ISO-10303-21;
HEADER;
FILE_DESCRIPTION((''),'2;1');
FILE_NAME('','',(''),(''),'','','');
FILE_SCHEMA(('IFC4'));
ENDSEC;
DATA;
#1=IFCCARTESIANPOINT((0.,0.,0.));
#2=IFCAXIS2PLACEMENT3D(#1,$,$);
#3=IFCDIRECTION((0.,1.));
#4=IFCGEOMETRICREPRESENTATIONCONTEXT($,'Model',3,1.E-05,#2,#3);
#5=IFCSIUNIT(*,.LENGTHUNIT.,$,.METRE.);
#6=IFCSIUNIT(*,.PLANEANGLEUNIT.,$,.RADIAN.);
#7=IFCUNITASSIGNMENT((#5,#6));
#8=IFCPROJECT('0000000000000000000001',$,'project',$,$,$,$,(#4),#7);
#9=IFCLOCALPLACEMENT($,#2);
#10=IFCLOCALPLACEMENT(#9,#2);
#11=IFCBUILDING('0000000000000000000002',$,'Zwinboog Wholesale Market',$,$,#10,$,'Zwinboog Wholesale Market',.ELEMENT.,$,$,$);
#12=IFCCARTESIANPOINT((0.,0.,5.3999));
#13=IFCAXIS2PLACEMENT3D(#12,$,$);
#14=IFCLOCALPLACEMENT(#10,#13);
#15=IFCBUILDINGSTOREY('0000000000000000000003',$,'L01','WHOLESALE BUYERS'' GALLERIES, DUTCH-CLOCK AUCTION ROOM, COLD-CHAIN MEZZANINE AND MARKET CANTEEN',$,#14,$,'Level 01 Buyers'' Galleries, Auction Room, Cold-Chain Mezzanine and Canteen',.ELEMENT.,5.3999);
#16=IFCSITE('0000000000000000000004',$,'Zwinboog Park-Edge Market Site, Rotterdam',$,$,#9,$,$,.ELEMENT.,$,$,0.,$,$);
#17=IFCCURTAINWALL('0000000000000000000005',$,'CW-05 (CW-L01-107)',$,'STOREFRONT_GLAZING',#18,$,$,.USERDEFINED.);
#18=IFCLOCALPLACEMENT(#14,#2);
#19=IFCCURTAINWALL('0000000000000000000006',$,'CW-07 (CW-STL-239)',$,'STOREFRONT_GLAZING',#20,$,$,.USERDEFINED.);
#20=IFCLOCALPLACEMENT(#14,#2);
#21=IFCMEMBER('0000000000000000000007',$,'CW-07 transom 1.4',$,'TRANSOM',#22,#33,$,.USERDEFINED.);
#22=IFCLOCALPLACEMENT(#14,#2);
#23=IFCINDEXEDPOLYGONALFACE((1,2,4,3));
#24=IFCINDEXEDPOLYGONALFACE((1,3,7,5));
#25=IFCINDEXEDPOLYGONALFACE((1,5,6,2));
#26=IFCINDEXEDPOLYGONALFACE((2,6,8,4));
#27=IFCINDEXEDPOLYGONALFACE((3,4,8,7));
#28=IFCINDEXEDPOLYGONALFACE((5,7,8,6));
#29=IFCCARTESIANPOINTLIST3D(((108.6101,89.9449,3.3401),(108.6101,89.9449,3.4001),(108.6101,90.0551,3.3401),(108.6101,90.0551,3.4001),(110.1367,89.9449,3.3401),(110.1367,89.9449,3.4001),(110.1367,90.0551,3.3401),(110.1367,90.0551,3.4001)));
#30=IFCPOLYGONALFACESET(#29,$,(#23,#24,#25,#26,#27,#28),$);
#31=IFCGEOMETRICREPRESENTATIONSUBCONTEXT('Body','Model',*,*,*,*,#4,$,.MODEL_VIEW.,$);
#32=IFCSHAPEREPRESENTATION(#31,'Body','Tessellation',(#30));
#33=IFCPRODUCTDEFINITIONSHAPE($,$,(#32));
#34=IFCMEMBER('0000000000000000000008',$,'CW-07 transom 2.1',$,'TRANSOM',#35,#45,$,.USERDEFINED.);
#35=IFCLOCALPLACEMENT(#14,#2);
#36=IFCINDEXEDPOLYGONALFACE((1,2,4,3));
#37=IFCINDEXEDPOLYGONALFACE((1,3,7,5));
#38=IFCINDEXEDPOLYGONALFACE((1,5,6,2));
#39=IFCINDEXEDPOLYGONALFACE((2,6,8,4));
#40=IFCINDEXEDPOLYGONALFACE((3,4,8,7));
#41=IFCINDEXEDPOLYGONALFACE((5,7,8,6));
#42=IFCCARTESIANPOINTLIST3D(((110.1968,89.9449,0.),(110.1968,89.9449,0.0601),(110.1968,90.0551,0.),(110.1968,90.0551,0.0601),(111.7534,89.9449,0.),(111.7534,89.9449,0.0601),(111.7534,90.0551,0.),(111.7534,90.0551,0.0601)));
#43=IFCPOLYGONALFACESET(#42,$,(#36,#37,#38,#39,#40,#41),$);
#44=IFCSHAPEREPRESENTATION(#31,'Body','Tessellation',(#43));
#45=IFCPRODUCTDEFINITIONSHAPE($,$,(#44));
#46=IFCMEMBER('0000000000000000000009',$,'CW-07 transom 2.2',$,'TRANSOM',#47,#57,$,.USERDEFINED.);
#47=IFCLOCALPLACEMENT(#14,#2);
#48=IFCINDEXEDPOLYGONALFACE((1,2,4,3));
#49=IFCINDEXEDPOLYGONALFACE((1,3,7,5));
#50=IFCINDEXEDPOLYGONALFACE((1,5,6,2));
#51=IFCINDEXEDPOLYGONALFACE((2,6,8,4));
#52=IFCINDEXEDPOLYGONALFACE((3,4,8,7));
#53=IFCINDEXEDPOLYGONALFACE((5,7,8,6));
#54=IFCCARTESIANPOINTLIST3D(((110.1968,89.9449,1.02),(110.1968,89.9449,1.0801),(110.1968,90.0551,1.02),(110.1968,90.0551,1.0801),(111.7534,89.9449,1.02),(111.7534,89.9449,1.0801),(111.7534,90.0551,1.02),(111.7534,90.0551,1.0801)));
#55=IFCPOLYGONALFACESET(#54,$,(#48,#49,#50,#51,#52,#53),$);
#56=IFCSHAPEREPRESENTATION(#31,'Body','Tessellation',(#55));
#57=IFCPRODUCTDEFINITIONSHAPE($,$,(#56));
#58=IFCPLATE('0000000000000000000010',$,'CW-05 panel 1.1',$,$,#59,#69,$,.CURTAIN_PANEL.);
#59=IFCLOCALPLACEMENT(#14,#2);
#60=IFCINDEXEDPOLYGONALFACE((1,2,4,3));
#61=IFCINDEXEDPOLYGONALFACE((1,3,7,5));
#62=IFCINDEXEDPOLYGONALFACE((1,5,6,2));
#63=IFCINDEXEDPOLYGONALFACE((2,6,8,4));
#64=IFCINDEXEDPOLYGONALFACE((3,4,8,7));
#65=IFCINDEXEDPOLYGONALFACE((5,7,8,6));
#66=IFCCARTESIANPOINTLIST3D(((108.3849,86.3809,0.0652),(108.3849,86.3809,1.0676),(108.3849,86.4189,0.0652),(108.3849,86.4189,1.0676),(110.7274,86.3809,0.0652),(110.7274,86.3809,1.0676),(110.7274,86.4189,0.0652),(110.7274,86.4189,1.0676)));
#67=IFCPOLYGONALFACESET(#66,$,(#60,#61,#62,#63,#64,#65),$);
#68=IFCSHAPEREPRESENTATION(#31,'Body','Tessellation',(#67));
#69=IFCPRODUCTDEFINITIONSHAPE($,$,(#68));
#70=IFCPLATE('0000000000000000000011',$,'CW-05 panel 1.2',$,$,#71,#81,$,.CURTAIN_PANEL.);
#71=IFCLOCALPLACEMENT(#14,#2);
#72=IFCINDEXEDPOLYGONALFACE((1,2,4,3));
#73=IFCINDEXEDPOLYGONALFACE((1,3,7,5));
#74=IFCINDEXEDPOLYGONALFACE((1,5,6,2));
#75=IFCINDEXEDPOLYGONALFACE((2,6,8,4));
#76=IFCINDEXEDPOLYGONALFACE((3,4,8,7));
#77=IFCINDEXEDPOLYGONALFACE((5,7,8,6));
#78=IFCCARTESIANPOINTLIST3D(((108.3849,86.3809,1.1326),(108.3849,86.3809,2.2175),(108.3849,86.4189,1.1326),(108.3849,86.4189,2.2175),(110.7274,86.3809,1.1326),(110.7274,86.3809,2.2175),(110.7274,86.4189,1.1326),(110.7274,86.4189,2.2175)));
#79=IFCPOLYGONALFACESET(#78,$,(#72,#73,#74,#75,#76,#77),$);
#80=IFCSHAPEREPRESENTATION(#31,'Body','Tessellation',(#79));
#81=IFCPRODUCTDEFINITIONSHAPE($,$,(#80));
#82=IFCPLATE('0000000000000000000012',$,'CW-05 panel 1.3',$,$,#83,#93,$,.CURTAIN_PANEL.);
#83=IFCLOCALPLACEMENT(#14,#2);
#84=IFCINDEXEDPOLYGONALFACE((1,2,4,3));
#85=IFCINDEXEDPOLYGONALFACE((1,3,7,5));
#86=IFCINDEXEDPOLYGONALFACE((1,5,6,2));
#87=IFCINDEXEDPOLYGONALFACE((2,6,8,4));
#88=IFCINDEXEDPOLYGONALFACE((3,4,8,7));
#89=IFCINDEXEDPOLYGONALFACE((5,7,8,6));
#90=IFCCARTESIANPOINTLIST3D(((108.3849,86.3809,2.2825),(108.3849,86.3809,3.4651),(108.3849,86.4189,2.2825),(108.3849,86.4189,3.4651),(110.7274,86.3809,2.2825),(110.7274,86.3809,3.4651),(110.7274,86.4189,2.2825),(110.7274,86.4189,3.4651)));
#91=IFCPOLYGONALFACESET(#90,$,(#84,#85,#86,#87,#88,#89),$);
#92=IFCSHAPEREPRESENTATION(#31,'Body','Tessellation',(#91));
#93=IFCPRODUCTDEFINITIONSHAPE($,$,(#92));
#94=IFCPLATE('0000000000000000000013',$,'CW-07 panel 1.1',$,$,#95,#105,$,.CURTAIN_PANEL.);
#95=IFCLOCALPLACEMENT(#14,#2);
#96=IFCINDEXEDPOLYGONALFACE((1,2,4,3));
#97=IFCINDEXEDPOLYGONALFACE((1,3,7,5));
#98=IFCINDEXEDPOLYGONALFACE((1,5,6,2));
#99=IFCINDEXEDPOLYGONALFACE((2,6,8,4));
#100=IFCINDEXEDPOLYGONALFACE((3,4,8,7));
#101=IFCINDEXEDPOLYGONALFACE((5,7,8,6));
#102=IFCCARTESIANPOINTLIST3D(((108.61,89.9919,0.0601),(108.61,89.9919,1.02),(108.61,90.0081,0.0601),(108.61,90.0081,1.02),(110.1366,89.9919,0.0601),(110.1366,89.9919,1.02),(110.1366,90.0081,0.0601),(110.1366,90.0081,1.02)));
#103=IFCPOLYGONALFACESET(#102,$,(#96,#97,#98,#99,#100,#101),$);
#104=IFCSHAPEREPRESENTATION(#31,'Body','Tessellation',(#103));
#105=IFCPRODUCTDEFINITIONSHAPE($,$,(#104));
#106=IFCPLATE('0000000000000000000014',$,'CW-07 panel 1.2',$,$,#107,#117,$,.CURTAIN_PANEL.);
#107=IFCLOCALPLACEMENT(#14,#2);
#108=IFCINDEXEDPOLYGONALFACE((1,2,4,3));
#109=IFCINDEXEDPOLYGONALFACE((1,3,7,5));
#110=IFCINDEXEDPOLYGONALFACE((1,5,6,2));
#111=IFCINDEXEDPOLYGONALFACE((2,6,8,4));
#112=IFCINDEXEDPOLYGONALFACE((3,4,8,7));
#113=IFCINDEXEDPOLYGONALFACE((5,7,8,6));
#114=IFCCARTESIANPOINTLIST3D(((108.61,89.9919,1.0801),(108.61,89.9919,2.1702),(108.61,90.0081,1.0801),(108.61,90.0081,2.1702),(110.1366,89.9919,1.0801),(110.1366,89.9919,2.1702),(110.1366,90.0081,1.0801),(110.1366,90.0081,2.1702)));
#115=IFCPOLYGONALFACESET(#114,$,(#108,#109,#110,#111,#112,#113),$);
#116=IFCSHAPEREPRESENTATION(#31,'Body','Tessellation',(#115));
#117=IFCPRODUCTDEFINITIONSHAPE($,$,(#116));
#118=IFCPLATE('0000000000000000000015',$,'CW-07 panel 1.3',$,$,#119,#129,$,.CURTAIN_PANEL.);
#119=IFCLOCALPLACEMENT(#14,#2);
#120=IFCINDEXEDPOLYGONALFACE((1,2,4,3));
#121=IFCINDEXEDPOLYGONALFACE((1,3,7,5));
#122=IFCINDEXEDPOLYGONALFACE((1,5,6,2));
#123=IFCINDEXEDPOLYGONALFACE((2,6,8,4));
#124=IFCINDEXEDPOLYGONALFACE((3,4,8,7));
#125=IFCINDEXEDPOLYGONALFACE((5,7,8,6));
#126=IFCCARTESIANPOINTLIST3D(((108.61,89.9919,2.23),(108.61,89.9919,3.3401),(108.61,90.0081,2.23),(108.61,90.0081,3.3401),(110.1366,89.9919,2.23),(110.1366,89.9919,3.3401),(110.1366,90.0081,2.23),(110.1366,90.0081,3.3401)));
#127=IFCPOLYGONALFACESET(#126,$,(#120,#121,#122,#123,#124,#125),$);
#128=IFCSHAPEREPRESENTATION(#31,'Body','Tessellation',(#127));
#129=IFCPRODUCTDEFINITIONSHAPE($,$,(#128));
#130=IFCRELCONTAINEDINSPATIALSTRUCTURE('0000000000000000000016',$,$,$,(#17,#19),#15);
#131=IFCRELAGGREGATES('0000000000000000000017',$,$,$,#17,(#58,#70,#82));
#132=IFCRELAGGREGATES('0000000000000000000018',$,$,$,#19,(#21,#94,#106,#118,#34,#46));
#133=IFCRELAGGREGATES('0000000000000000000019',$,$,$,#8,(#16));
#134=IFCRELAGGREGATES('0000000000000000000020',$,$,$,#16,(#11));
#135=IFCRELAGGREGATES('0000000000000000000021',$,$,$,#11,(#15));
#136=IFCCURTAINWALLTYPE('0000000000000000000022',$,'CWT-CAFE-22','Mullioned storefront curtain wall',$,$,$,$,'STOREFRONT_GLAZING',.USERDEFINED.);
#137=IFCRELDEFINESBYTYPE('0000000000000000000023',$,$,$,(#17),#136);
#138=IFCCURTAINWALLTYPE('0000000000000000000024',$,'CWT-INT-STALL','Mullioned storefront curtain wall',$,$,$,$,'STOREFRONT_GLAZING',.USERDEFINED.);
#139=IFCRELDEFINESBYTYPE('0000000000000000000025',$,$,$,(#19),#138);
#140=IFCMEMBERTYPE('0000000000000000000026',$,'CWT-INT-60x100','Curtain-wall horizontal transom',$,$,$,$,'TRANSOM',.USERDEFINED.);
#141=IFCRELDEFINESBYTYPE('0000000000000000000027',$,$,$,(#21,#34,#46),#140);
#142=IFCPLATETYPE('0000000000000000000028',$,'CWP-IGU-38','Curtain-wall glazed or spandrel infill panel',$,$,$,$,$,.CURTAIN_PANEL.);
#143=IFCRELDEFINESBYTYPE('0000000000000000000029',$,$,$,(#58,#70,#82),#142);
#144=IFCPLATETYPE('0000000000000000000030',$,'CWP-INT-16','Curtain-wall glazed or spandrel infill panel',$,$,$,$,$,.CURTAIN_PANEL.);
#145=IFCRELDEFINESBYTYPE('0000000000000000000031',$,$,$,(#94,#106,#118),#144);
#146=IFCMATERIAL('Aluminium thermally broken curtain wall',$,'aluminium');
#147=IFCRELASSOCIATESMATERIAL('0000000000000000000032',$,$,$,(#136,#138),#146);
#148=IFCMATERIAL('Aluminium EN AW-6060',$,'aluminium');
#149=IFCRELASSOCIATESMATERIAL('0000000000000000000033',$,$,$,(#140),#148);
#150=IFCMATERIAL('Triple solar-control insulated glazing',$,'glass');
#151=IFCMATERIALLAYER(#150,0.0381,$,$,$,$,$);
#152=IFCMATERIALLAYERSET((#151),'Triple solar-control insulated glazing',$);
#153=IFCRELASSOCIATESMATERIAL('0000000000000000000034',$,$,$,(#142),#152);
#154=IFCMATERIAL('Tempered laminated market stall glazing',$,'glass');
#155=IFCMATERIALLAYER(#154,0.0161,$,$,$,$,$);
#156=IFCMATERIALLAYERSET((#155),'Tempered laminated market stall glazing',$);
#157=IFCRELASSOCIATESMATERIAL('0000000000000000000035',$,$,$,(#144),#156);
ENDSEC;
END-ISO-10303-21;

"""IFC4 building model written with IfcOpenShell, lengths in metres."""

from ifc_helpers import new_model, si_unit, direction, frame, origin, origin_2d, place, context, subcontext, project, spatial, rectangle, extrude, material, layer, layer_set, material_profile, profile_set, type_object, element, aggregate, save


model = new_model("IFC4")

# Units and contexts
model_context = context("Model", 3, precision=1e-05, world=origin(), true_north=direction((0.0, 1.0)))
body_context = subcontext(model_context, "Body", "Model", "MODEL_VIEW")
ifc_project = project(units=[si_unit("LENGTHUNIT", "METRE"), si_unit("PLANEANGLEUNIT", "RADIAN")], contexts=[model_context])

# Site, building, storey
site_placement = place(None, origin())
site = spatial("IfcSite", under=ifc_project, at=site_placement, Name="Zwinboog Park-Edge Market Site, Rotterdam", CompositionType="ELEMENT", RefElevation=0.0)
building_placement = place(site_placement, origin())
building = spatial("IfcBuilding", under=site, at=building_placement, Name="Zwinboog Wholesale Market", LongName="Zwinboog Wholesale Market", CompositionType="ELEMENT")
storey_placement = place(building_placement, frame((0.0, 0.0, 5.3999)))
storey = spatial("IfcBuildingStorey", under=building, at=storey_placement, Name="L01", Description="WHOLESALE BUYERS' GALLERIES, DUTCH-CLOCK AUCTION ROOM, COLD-CHAIN MEZZANINE AND MARKET CANTEEN", LongName="Level 01 Buyers' Galleries, Auction Room, Cold-Chain Mezzanine and Canteen", CompositionType="ELEMENT", Elevation=5.3999)

# Curtain walls, members
ifc_material_1 = material(Name="Aluminium thermally broken curtain wall", Category="aluminium")
curtain_wall_type_1 = type_object("IfcCurtainWallType", Name="CWT-CAFE-22", Description="Mullioned storefront curtain wall", ElementType="STOREFRONT_GLAZING", PredefinedType="USERDEFINED", material=ifc_material_1)
curtain_wall_1_placement = place(storey_placement, origin())
curtain_wall_1 = element("IfcCurtainWall", 1, at=curtain_wall_1_placement, inside=storey, type_object=curtain_wall_type_1, Name="CW-05 (CW-L01-107)", ObjectType="STOREFRONT_GLAZING", PredefinedType="USERDEFINED")
ifc_material_2 = material(Name="Aluminium EN AW-6060", Category="aluminium")
curtain_wall_type_2 = type_object("IfcCurtainWallType", Name="CWT-INT-STALL", Description="Mullioned storefront curtain wall", ElementType="STOREFRONT_GLAZING", PredefinedType="USERDEFINED", material=ifc_material_1)
curtain_wall_2_placement = place(storey_placement, origin())
curtain_wall_2 = element("IfcCurtainWall", 2, at=curtain_wall_2_placement, inside=storey, type_object=curtain_wall_type_2, Name="CW-07 (CW-STL-239)", ObjectType="STOREFRONT_GLAZING", PredefinedType="USERDEFINED")
ifc_material_profile_1 = material_profile(ifc_material_2, rectangle(XDim=0.1101, YDim=0.0601, at=origin_2d()), Name="AL 60x110")
ifc_profile_set_1 = profile_set([ifc_material_profile_1], Name="Aluminium EN AW-6060")
member_type_1 = type_object("IfcMemberType", Name="CWT-INT-60x100", Description="Curtain-wall horizontal transom", ElementType="TRANSOM", PredefinedType="USERDEFINED", material=ifc_profile_set_1)
member_1_placement = place(storey_placement, frame((108.6101, 90.0, 3.3701), z_axis=(1.0, 0.0, 0.0), x_axis=(0.0, 1.0, 0.0)))
member_1 = element("IfcMember", 3, at=member_1_placement, type_object=member_type_1, Name="CW-07 transom 1.4", ObjectType="TRANSOM", PredefinedType="USERDEFINED", context=body_context, shape_type="SweptSolid", body=[
    extrude(rectangle(XDim=0.1101, YDim=0.0601, at=origin_2d()), origin(), (0.0, 0.0, 1.0), 1.5266),
])
member_2_placement = place(storey_placement, frame((110.1968, 90.0, 0.03), z_axis=(1.0, 0.0, 0.0), x_axis=(0.0, 1.0, 0.0)))
member_2 = element("IfcMember", 4, at=member_2_placement, type_object=member_type_1, Name="CW-07 transom 2.1", ObjectType="TRANSOM", PredefinedType="USERDEFINED", context=body_context, shape_type="SweptSolid", body=[
    extrude(rectangle(XDim=0.1101, YDim=0.0601, at=origin_2d()), origin(), (0.0, 0.0, 1.0), 1.5566),
])
member_3_placement = place(storey_placement, frame((110.1968, 90.0, 1.05), z_axis=(1.0, 0.0, 0.0), x_axis=(0.0, 1.0, 0.0)))
member_3 = element("IfcMember", 5, at=member_3_placement, type_object=member_type_1, Name="CW-07 transom 2.2", ObjectType="TRANSOM", PredefinedType="USERDEFINED", context=body_context, shape_type="SweptSolid", body=[
    extrude(rectangle(XDim=0.1101, YDim=0.0601, at=origin_2d()), origin(), (0.0, 0.0, 1.0), 1.5566),
])

# Plates
ifc_material_3 = material(Name="Triple solar-control insulated glazing", Category="glass")
ifc_layer_1 = layer(ifc_material_3, 0.0381)
ifc_layer_set_1 = layer_set([ifc_layer_1], Name="Triple solar-control insulated glazing")
plate_type_1 = type_object("IfcPlateType", Name="CWP-IGU-38", Description="Curtain-wall glazed or spandrel infill panel", PredefinedType="CURTAIN_PANEL", material=ifc_layer_set_1)
plate_1_placement = place(storey_placement, frame((109.5562, 86.3999, 0.0652), z_axis=(0.0, 0.0, 1.0), x_axis=(1.0, 0.0, 0.0)))
plate_1 = element("IfcPlate", 6, at=plate_1_placement, type_object=plate_type_1, Name="CW-05 panel 1.1", PredefinedType="CURTAIN_PANEL", context=body_context, shape_type="SweptSolid", body=[
    extrude(rectangle(XDim=2.3425, YDim=0.0381, at=origin_2d()), origin(), (0.0, 0.0, 1.0), 1.0024),
])
plate_2_placement = place(storey_placement, frame((109.5562, 86.3999, 1.1326), z_axis=(0.0, 0.0, 1.0), x_axis=(1.0, 0.0, 0.0)))
plate_2 = element("IfcPlate", 7, at=plate_2_placement, type_object=plate_type_1, Name="CW-05 panel 1.2", PredefinedType="CURTAIN_PANEL", context=body_context, shape_type="SweptSolid", body=[
    extrude(rectangle(XDim=2.3425, YDim=0.0381, at=origin_2d()), origin(), (0.0, 0.0, 1.0), 1.085),
])
plate_3_placement = place(storey_placement, frame((109.5562, 86.3999, 2.2825), z_axis=(0.0, 0.0, 1.0), x_axis=(1.0, 0.0, 0.0)))
plate_3 = element("IfcPlate", 8, at=plate_3_placement, type_object=plate_type_1, Name="CW-05 panel 1.3", PredefinedType="CURTAIN_PANEL", context=body_context, shape_type="SweptSolid", body=[
    extrude(rectangle(XDim=2.3425, YDim=0.0381, at=origin_2d()), origin(), (0.0, 0.0, 1.0), 1.1826),
])
aggregate(curtain_wall_1, [plate_1, plate_2, plate_3])
ifc_material_4 = material(Name="Tempered laminated market stall glazing", Category="glass")
ifc_layer_2 = layer(ifc_material_4, 0.0161)
ifc_layer_set_2 = layer_set([ifc_layer_2], Name="Tempered laminated market stall glazing")
plate_type_2 = type_object("IfcPlateType", Name="CWP-INT-16", Description="Curtain-wall glazed or spandrel infill panel", PredefinedType="CURTAIN_PANEL", material=ifc_layer_set_2)
plate_4_placement = place(storey_placement, frame((109.3733, 90.0, 0.0601), z_axis=(0.0, 0.0, 1.0), x_axis=(1.0, 0.0, 0.0)))
plate_4 = element("IfcPlate", 9, at=plate_4_placement, type_object=plate_type_2, Name="CW-07 panel 1.1", PredefinedType="CURTAIN_PANEL", context=body_context, shape_type="SweptSolid", body=[
    extrude(rectangle(XDim=1.5266, YDim=0.0161, at=origin_2d()), origin(), (0.0, 0.0, 1.0), 0.96),
])
plate_5_placement = place(storey_placement, frame((109.3733, 90.0, 1.0801), z_axis=(0.0, 0.0, 1.0), x_axis=(1.0, 0.0, 0.0)))
plate_5 = element("IfcPlate", 10, at=plate_5_placement, type_object=plate_type_2, Name="CW-07 panel 1.2", PredefinedType="CURTAIN_PANEL", context=body_context, shape_type="SweptSolid", body=[
    extrude(rectangle(XDim=1.5266, YDim=0.0161, at=origin_2d()), origin(), (0.0, 0.0, 1.0), 1.0901),
])
plate_6_placement = place(storey_placement, frame((109.3733, 90.0, 2.23), z_axis=(0.0, 0.0, 1.0), x_axis=(1.0, 0.0, 0.0)))
plate_6 = element("IfcPlate", 11, at=plate_6_placement, type_object=plate_type_2, Name="CW-07 panel 1.3", PredefinedType="CURTAIN_PANEL", context=body_context, shape_type="SweptSolid", body=[
    extrude(rectangle(XDim=1.5266, YDim=0.0161, at=origin_2d()), origin(), (0.0, 0.0, 1.0), 1.1101),
])
aggregate(curtain_wall_2, [member_1, plate_4, plate_5, plate_6, member_2, member_3])

save(model, "model.ifc")
